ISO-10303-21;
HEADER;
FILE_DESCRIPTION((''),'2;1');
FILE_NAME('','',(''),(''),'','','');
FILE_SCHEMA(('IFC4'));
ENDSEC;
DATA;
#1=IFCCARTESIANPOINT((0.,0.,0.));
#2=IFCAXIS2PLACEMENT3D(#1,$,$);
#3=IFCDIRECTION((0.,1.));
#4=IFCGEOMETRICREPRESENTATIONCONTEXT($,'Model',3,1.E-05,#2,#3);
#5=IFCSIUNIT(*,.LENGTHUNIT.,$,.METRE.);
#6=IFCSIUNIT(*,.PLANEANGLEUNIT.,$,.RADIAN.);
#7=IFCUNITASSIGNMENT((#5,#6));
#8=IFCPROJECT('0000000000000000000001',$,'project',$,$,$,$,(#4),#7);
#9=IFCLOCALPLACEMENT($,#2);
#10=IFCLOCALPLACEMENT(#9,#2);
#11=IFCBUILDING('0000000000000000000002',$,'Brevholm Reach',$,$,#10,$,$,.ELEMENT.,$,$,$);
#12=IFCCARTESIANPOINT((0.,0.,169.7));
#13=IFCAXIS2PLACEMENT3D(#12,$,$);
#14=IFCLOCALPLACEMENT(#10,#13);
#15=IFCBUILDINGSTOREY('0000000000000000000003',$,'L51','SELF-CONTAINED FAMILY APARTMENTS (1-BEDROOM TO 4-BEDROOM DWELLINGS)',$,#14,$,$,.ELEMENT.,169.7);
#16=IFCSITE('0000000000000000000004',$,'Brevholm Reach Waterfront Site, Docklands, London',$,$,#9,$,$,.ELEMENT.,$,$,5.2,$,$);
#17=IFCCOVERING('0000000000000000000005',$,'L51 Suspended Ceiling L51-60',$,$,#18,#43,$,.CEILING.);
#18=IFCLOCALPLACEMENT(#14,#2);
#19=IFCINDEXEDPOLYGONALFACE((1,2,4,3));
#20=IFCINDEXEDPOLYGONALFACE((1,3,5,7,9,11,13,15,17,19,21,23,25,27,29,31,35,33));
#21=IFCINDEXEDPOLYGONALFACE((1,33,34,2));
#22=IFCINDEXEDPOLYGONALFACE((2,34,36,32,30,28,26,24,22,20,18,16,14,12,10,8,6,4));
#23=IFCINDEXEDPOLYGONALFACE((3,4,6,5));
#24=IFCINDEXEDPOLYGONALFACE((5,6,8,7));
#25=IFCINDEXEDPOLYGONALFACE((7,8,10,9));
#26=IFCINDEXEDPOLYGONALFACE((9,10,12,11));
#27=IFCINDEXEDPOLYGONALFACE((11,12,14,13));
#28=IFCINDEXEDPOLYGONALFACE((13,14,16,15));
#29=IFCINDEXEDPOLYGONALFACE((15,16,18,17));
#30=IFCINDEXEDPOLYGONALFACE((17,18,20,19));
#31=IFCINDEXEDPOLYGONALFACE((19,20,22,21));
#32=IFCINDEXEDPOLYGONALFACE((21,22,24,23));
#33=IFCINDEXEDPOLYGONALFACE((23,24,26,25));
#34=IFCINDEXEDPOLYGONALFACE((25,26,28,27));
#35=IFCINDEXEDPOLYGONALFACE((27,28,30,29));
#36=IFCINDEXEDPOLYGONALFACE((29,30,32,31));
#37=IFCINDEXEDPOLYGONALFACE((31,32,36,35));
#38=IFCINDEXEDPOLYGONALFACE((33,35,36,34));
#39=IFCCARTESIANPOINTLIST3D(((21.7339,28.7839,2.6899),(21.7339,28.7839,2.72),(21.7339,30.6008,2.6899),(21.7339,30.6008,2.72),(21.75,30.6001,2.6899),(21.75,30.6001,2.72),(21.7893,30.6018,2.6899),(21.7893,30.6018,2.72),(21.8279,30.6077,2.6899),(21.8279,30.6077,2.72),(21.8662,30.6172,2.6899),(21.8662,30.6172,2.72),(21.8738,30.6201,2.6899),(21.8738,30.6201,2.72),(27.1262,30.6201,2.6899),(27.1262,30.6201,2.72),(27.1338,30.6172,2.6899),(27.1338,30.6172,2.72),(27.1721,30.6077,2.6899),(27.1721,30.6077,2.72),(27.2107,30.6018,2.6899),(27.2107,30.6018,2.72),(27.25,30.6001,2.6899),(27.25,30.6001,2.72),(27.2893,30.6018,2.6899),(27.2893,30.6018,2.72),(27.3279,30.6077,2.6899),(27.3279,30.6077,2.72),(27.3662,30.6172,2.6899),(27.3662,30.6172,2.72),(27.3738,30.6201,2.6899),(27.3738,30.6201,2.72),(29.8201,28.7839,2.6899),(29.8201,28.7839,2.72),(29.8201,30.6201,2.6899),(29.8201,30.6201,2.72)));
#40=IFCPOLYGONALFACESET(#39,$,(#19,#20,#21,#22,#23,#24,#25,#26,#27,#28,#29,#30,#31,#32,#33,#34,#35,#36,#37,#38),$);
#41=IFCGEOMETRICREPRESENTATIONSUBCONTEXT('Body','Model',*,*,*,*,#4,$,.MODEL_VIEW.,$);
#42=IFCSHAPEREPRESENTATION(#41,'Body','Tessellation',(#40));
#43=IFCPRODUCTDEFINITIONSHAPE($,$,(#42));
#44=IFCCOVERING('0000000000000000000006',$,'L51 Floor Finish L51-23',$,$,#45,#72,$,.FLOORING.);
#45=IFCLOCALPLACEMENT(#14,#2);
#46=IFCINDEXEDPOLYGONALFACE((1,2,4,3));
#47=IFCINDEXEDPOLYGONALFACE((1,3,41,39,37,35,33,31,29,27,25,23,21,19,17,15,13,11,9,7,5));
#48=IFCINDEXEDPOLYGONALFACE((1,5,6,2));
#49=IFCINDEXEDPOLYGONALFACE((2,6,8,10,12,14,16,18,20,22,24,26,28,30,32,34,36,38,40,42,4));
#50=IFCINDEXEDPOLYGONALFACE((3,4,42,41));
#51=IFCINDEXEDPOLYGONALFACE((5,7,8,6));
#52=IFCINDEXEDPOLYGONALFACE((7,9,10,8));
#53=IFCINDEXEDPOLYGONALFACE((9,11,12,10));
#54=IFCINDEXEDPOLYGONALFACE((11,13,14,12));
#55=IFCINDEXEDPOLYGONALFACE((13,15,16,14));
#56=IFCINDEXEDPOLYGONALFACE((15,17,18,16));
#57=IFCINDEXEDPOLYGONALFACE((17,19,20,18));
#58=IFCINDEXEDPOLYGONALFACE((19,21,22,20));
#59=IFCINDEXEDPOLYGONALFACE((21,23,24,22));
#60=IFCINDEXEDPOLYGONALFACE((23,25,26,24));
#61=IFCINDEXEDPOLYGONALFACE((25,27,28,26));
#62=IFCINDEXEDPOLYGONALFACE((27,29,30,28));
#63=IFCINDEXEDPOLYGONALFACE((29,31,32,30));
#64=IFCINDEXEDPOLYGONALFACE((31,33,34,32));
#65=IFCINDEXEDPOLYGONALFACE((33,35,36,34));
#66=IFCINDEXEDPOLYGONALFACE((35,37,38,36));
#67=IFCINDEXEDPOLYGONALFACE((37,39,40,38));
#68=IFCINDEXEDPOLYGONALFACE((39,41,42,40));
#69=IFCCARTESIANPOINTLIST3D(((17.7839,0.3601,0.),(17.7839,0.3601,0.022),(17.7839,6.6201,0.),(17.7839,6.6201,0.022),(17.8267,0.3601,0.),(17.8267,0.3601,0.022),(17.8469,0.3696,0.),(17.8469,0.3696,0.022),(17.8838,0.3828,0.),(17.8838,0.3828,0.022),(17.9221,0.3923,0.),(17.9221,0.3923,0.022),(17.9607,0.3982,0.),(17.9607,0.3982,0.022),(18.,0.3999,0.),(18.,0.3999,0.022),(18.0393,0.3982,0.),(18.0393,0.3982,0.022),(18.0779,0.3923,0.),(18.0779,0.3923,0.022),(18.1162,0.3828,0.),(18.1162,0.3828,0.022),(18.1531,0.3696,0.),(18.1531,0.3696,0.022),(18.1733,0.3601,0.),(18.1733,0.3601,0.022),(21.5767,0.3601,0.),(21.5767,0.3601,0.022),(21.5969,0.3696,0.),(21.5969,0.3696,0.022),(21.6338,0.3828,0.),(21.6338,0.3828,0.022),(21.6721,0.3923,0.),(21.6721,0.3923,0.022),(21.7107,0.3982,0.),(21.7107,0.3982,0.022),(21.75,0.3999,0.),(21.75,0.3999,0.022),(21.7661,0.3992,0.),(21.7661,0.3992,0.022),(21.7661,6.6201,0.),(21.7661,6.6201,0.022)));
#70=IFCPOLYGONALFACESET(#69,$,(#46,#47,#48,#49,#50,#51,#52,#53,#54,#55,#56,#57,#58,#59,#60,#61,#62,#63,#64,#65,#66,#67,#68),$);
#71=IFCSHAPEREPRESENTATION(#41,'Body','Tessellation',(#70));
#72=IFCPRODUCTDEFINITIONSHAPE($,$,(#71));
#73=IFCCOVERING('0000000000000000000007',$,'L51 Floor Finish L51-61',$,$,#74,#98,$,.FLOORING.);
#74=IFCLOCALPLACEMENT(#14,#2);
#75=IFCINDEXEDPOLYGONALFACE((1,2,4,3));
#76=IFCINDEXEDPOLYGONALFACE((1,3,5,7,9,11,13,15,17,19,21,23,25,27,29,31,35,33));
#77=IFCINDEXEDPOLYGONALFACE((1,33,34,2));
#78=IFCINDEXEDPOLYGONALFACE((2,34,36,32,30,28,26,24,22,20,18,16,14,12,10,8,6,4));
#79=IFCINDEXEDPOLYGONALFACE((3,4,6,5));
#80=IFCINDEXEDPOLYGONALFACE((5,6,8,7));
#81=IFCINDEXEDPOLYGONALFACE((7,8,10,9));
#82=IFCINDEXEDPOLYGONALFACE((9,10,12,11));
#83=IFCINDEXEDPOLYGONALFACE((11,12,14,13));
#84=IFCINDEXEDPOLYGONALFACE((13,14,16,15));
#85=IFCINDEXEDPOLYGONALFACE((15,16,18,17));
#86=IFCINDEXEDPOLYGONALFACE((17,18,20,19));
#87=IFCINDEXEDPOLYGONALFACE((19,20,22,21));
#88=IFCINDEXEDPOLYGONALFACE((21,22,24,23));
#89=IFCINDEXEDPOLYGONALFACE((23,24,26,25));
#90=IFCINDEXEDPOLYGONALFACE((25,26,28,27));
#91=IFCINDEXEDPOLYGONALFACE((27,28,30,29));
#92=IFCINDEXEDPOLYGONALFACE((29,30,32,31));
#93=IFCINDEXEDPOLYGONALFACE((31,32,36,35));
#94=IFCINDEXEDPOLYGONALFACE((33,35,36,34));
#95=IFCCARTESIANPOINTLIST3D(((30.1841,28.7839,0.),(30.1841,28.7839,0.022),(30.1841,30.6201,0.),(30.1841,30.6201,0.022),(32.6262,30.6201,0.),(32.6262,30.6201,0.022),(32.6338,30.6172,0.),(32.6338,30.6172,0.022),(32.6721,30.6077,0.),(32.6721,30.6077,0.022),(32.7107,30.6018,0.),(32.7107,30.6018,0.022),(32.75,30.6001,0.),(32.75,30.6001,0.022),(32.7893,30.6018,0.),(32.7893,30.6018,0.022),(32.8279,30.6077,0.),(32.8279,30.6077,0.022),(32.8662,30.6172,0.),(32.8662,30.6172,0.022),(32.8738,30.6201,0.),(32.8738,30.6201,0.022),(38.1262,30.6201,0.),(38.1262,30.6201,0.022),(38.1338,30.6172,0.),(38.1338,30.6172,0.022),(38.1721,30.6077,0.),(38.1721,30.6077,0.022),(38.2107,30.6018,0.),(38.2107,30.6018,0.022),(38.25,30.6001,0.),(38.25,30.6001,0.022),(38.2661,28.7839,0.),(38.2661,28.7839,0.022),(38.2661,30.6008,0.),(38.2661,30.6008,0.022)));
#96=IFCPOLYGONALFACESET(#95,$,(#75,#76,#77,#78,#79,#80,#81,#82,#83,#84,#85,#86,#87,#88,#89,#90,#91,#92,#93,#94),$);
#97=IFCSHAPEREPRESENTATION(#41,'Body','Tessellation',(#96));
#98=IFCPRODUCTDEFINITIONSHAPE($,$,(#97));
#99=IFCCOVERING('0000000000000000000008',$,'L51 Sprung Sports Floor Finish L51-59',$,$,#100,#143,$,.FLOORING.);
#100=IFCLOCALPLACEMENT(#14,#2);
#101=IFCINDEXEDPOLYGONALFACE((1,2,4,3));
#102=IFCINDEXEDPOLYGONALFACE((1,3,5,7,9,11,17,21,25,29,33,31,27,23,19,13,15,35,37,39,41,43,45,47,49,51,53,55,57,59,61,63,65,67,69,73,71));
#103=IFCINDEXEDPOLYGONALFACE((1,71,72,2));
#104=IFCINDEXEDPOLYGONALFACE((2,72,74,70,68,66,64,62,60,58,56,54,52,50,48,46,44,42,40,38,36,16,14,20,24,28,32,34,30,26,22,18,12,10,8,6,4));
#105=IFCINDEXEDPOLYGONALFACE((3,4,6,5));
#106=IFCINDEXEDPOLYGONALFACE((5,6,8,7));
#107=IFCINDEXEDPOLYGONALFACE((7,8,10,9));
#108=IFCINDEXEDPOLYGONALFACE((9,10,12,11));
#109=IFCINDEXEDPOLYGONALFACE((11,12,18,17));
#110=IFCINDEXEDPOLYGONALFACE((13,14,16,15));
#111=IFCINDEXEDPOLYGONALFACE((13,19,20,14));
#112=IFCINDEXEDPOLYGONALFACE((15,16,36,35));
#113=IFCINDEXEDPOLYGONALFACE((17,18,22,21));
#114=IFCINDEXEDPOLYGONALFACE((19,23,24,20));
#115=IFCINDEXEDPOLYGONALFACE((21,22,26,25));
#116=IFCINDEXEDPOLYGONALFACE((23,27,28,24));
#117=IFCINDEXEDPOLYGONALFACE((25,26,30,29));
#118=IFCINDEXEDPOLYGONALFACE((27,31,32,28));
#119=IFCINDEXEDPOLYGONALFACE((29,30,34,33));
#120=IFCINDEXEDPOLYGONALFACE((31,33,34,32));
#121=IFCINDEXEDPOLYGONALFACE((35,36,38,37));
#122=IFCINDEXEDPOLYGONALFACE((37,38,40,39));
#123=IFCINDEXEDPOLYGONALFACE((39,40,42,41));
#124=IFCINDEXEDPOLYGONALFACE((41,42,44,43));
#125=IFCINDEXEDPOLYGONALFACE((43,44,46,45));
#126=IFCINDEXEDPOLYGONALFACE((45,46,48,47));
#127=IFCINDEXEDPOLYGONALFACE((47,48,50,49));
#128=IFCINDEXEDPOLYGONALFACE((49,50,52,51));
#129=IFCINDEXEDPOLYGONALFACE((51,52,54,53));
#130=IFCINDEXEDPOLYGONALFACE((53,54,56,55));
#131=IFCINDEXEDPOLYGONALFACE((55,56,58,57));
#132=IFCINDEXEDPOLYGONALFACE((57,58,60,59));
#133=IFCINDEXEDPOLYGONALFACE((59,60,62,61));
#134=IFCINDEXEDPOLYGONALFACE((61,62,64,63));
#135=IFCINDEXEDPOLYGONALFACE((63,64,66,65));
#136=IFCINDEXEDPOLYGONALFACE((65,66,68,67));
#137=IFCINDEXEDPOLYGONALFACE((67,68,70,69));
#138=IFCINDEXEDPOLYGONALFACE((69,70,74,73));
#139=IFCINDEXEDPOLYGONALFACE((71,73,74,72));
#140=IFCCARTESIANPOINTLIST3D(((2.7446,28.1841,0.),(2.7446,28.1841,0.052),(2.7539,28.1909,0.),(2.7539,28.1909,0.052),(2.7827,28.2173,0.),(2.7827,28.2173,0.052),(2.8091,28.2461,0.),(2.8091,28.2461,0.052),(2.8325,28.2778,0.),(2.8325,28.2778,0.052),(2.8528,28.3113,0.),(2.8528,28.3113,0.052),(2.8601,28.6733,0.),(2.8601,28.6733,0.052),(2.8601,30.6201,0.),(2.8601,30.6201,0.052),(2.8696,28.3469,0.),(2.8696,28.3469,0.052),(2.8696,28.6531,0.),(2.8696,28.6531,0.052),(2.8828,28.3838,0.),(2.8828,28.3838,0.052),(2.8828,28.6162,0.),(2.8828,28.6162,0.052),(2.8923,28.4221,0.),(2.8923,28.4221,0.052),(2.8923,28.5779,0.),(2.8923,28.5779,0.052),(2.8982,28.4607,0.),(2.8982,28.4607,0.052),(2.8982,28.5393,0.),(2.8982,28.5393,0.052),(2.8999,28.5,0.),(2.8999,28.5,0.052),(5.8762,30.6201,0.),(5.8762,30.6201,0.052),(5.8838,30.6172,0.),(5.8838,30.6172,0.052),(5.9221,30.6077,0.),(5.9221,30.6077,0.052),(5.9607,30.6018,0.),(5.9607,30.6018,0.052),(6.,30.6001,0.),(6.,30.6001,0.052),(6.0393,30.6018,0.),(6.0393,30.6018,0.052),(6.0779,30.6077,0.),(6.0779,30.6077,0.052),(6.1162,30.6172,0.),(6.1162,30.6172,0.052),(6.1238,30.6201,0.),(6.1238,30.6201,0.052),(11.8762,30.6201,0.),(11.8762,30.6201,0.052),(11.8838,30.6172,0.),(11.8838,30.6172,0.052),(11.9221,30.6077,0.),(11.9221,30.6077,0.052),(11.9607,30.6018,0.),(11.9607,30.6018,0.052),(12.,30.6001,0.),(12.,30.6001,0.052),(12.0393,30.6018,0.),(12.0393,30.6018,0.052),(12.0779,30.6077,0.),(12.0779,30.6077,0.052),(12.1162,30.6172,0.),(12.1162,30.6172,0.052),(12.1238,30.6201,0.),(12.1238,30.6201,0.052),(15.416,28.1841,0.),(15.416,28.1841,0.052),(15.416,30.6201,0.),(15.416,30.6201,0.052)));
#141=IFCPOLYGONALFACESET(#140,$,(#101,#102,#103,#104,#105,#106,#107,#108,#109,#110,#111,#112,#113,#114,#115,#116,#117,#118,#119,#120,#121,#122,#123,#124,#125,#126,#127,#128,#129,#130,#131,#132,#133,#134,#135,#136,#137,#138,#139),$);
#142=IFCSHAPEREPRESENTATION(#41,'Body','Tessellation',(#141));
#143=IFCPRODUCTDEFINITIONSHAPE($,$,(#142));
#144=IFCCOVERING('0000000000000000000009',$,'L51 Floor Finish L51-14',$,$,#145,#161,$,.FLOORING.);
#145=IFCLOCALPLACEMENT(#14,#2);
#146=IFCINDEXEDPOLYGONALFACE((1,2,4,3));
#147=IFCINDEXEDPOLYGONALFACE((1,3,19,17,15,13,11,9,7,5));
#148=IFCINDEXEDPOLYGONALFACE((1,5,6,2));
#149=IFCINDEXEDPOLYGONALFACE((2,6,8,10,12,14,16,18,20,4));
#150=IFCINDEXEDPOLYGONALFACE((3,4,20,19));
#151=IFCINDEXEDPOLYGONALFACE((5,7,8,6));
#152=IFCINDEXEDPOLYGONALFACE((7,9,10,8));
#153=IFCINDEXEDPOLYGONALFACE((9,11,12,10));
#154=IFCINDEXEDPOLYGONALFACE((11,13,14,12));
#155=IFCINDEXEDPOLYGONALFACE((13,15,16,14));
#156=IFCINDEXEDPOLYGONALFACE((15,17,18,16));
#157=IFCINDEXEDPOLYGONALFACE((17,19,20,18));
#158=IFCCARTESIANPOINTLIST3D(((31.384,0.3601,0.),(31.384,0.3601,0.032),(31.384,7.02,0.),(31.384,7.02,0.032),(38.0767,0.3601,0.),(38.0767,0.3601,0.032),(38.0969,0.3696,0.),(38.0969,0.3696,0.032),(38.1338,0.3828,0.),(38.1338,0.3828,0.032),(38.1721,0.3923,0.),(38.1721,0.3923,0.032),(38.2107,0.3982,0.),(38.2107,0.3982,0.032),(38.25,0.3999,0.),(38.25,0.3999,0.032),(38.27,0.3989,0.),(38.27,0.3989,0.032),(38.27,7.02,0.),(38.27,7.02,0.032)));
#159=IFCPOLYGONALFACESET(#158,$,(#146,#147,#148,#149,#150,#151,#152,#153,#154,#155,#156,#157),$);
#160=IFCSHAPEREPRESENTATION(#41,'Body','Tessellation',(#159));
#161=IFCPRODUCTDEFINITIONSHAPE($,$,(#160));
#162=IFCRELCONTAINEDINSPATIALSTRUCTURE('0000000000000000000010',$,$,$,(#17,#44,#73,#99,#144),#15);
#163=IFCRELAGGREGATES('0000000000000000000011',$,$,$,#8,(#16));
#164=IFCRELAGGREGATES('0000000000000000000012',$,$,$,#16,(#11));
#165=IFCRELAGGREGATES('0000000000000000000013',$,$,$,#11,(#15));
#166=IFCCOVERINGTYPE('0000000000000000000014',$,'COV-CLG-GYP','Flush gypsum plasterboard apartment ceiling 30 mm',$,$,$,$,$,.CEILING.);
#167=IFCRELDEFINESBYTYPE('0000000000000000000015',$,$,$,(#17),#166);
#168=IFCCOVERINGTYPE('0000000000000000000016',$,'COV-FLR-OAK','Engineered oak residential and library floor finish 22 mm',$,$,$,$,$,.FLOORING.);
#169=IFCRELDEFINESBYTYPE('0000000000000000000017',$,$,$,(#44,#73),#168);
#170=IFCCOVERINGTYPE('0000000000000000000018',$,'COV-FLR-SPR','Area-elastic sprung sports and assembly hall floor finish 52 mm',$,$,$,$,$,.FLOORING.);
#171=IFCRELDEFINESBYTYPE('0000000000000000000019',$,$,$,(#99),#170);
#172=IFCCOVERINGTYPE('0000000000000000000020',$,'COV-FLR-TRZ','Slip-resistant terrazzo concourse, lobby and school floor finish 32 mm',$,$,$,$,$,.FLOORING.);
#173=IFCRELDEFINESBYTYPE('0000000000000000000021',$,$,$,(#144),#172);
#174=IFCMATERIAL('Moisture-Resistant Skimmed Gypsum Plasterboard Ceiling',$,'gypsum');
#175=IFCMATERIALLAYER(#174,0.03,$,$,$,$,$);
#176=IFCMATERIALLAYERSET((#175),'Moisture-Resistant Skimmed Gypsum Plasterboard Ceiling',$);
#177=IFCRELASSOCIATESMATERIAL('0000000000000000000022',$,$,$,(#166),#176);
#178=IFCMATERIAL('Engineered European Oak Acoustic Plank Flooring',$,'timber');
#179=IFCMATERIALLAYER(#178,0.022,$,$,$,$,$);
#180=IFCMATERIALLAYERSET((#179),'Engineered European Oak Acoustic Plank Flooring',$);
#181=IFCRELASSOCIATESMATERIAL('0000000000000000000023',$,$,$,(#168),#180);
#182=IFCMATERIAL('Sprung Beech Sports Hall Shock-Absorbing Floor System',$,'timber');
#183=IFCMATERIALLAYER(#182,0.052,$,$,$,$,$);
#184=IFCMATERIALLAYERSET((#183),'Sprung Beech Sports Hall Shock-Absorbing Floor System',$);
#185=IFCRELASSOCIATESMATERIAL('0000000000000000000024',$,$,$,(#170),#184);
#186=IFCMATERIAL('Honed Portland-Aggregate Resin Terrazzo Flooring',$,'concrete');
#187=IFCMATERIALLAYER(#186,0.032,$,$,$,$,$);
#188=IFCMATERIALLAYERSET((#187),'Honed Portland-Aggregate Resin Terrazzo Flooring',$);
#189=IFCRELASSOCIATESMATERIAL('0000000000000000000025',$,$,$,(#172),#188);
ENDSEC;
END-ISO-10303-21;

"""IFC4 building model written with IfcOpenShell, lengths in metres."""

from ifc_helpers import new_model, si_unit, direction, frame, origin, place, context, subcontext, project, spatial, polyline, outline, extrude, material, layer, layer_set, type_object, element, save


model = new_model("IFC4")

# Units and contexts
model_context = context("Model", 3, precision=1e-05, world=origin(), true_north=direction((0.0, 1.0)))
body_context = subcontext(model_context, "Body", "Model", "MODEL_VIEW")
ifc_project = project(units=[si_unit("LENGTHUNIT", "METRE"), si_unit("PLANEANGLEUNIT", "RADIAN")], contexts=[model_context])

# Site, building, storey
site_placement = place(None, origin())
site = spatial("IfcSite", under=ifc_project, at=site_placement, Name="Brevholm Reach Waterfront Site, Docklands, London", CompositionType="ELEMENT", RefElevation=5.2)
building_placement = place(site_placement, origin())
building = spatial("IfcBuilding", under=site, at=building_placement, Name="Brevholm Reach", CompositionType="ELEMENT")
storey_placement = place(building_placement, frame((0.0, 0.0, 169.7)))
storey = spatial("IfcBuildingStorey", under=building, at=storey_placement, Name="L51", Description="SELF-CONTAINED FAMILY APARTMENTS (1-BEDROOM TO 4-BEDROOM DWELLINGS)", CompositionType="ELEMENT", Elevation=169.7)

# Coverings
ifc_material_1 = material(Name="Moisture-Resistant Skimmed Gypsum Plasterboard Ceiling", Category="gypsum")
ifc_layer_1 = layer(ifc_material_1, 0.03)
ifc_layer_set_1 = layer_set([ifc_layer_1], Name="Moisture-Resistant Skimmed Gypsum Plasterboard Ceiling")
covering_type_1 = type_object("IfcCoveringType", Name="COV-CLG-GYP", Description="Flush gypsum plasterboard apartment ceiling 30 mm", PredefinedType="CEILING", material=ifc_layer_set_1)
covering_1_placement = place(storey_placement, frame((0.0, 0.0, 2.6899)))
element("IfcCovering", 1, at=covering_1_placement, inside=storey, type_object=covering_type_1, Name="L51 Suspended Ceiling L51-60", PredefinedType="CEILING", context=body_context, shape_type="SweptSolid", body=[
    extrude(outline(polyline([(27.1262, 30.6201), (27.1338, 30.6172), (27.1721, 30.6077), (27.2107, 30.6018), (27.25, 30.6001), (27.2893, 30.6018), (27.3279, 30.6077), (27.3662, 30.6172), (27.3738, 30.6201), (29.8201, 30.6201), (29.8201, 28.7839), (21.7339, 28.7839), (21.7339, 30.6008), (21.75, 30.6001), (21.7893, 30.6018), (21.8279, 30.6077), (21.8662, 30.6172), (21.8738, 30.6201), (27.1262, 30.6201)])), origin(), (0.0, 0.0, 1.0), 0.03),
])
ifc_material_2 = material(Name="Engineered European Oak Acoustic Plank Flooring", Category="timber")
ifc_layer_2 = layer(ifc_material_2, 0.022)
ifc_layer_set_2 = layer_set([ifc_layer_2], Name="Engineered European Oak Acoustic Plank Flooring")
covering_type_2 = type_object("IfcCoveringType", Name="COV-FLR-OAK", Description="Engineered oak residential and library floor finish 22 mm", PredefinedType="FLOORING", material=ifc_layer_set_2)
covering_2_placement = place(storey_placement, origin())
element("IfcCovering", 2, at=covering_2_placement, inside=storey, type_object=covering_type_2, Name="L51 Floor Finish L51-23", PredefinedType="FLOORING", context=body_context, shape_type="SweptSolid", body=[
    extrude(outline(polyline([(21.7661, 6.6201), (21.7661, 0.3992), (21.75, 0.3999), (21.7107, 0.3982), (21.6721, 0.3923), (21.6338, 0.3828), (21.5969, 0.3696), (21.5767, 0.3601), (18.1733, 0.3601), (18.1531, 0.3696), (18.1162, 0.3828), (18.0779, 0.3923), (18.0393, 0.3982), (18.0, 0.3999), (17.9607, 0.3982), (17.9221, 0.3923), (17.8838, 0.3828), (17.8469, 0.3696), (17.8267, 0.3601), (17.7839, 0.3601), (17.7839, 6.6201), (21.7661, 6.6201)])), origin(), (0.0, 0.0, 1.0), 0.022),
])
covering_3_placement = place(storey_placement, origin())
element("IfcCovering", 3, at=covering_3_placement, inside=storey, type_object=covering_type_2, Name="L51 Floor Finish L51-61", PredefinedType="FLOORING", context=body_context, shape_type="SweptSolid", body=[
    extrude(outline(polyline([(32.6262, 30.6201), (32.6338, 30.6172), (32.6721, 30.6077), (32.7107, 30.6018), (32.75, 30.6001), (32.7893, 30.6018), (32.8279, 30.6077), (32.8662, 30.6172), (32.8738, 30.6201), (38.1262, 30.6201), (38.1338, 30.6172), (38.1721, 30.6077), (38.2107, 30.6018), (38.25, 30.6001), (38.2661, 30.6008), (38.2661, 28.7839), (30.1841, 28.7839), (30.1841, 30.6201), (32.6262, 30.6201)])), origin(), (0.0, 0.0, 1.0), 0.022),
])
ifc_material_3 = material(Name="Sprung Beech Sports Hall Shock-Absorbing Floor System", Category="timber")
ifc_layer_3 = layer(ifc_material_3, 0.052)
ifc_layer_set_3 = layer_set([ifc_layer_3], Name="Sprung Beech Sports Hall Shock-Absorbing Floor System")
covering_type_3 = type_object("IfcCoveringType", Name="COV-FLR-SPR", Description="Area-elastic sprung sports and assembly hall floor finish 52 mm", PredefinedType="FLOORING", material=ifc_layer_set_3)
covering_4_placement = place(storey_placement, origin())
element("IfcCovering", 4, at=covering_4_placement, inside=storey, type_object=covering_type_3, Name="L51 Sprung Sports Floor Finish L51-59", PredefinedType="FLOORING", context=body_context, shape_type="SweptSolid", body=[
    extrude(outline(polyline([(2.8601, 30.6201), (5.8762, 30.6201), (5.8838, 30.6172), (5.9221, 30.6077), (5.9607, 30.6018), (6.0, 30.6001), (6.0393, 30.6018), (6.0779, 30.6077), (6.1162, 30.6172), (6.1238, 30.6201), (11.8762, 30.6201), (11.8838, 30.6172), (11.9221, 30.6077), (11.9607, 30.6018), (12.0, 30.6001), (12.0393, 30.6018), (12.0779, 30.6077), (12.1162, 30.6172), (12.1238, 30.6201), (15.416, 30.6201), (15.416, 28.1841), (2.7446, 28.1841), (2.7539, 28.1909), (2.7827, 28.2173), (2.8091, 28.2461), (2.8325, 28.2778), (2.8528, 28.3113), (2.8696, 28.3469), (2.8828, 28.3838), (2.8923, 28.4221), (2.8982, 28.4607), (2.8999, 28.5), (2.8982, 28.5393), (2.8923, 28.5779), (2.8828, 28.6162), (2.8696, 28.6531), (2.8601, 28.6733), (2.8601, 30.6201)])), origin(), (0.0, 0.0, 1.0), 0.052),
])
ifc_material_4 = material(Name="Honed Portland-Aggregate Resin Terrazzo Flooring", Category="concrete")
ifc_layer_4 = layer(ifc_material_4, 0.032)
ifc_layer_set_4 = layer_set([ifc_layer_4], Name="Honed Portland-Aggregate Resin Terrazzo Flooring")
covering_type_4 = type_object("IfcCoveringType", Name="COV-FLR-TRZ", Description="Slip-resistant terrazzo concourse, lobby and school floor finish 32 mm", PredefinedType="FLOORING", material=ifc_layer_set_4)
covering_5_placement = place(storey_placement, origin())
element("IfcCovering", 5, at=covering_5_placement, inside=storey, type_object=covering_type_4, Name="L51 Floor Finish L51-14", PredefinedType="FLOORING", context=body_context, shape_type="SweptSolid", body=[
    extrude(outline(polyline([(38.27, 7.02), (38.27, 0.3989), (38.25, 0.3999), (38.2107, 0.3982), (38.1721, 0.3923), (38.1338, 0.3828), (38.0969, 0.3696), (38.0767, 0.3601), (31.384, 0.3601), (31.384, 7.02), (38.27, 7.02)])), origin(), (0.0, 0.0, 1.0), 0.032),
])

save(model, "model.ifc")
